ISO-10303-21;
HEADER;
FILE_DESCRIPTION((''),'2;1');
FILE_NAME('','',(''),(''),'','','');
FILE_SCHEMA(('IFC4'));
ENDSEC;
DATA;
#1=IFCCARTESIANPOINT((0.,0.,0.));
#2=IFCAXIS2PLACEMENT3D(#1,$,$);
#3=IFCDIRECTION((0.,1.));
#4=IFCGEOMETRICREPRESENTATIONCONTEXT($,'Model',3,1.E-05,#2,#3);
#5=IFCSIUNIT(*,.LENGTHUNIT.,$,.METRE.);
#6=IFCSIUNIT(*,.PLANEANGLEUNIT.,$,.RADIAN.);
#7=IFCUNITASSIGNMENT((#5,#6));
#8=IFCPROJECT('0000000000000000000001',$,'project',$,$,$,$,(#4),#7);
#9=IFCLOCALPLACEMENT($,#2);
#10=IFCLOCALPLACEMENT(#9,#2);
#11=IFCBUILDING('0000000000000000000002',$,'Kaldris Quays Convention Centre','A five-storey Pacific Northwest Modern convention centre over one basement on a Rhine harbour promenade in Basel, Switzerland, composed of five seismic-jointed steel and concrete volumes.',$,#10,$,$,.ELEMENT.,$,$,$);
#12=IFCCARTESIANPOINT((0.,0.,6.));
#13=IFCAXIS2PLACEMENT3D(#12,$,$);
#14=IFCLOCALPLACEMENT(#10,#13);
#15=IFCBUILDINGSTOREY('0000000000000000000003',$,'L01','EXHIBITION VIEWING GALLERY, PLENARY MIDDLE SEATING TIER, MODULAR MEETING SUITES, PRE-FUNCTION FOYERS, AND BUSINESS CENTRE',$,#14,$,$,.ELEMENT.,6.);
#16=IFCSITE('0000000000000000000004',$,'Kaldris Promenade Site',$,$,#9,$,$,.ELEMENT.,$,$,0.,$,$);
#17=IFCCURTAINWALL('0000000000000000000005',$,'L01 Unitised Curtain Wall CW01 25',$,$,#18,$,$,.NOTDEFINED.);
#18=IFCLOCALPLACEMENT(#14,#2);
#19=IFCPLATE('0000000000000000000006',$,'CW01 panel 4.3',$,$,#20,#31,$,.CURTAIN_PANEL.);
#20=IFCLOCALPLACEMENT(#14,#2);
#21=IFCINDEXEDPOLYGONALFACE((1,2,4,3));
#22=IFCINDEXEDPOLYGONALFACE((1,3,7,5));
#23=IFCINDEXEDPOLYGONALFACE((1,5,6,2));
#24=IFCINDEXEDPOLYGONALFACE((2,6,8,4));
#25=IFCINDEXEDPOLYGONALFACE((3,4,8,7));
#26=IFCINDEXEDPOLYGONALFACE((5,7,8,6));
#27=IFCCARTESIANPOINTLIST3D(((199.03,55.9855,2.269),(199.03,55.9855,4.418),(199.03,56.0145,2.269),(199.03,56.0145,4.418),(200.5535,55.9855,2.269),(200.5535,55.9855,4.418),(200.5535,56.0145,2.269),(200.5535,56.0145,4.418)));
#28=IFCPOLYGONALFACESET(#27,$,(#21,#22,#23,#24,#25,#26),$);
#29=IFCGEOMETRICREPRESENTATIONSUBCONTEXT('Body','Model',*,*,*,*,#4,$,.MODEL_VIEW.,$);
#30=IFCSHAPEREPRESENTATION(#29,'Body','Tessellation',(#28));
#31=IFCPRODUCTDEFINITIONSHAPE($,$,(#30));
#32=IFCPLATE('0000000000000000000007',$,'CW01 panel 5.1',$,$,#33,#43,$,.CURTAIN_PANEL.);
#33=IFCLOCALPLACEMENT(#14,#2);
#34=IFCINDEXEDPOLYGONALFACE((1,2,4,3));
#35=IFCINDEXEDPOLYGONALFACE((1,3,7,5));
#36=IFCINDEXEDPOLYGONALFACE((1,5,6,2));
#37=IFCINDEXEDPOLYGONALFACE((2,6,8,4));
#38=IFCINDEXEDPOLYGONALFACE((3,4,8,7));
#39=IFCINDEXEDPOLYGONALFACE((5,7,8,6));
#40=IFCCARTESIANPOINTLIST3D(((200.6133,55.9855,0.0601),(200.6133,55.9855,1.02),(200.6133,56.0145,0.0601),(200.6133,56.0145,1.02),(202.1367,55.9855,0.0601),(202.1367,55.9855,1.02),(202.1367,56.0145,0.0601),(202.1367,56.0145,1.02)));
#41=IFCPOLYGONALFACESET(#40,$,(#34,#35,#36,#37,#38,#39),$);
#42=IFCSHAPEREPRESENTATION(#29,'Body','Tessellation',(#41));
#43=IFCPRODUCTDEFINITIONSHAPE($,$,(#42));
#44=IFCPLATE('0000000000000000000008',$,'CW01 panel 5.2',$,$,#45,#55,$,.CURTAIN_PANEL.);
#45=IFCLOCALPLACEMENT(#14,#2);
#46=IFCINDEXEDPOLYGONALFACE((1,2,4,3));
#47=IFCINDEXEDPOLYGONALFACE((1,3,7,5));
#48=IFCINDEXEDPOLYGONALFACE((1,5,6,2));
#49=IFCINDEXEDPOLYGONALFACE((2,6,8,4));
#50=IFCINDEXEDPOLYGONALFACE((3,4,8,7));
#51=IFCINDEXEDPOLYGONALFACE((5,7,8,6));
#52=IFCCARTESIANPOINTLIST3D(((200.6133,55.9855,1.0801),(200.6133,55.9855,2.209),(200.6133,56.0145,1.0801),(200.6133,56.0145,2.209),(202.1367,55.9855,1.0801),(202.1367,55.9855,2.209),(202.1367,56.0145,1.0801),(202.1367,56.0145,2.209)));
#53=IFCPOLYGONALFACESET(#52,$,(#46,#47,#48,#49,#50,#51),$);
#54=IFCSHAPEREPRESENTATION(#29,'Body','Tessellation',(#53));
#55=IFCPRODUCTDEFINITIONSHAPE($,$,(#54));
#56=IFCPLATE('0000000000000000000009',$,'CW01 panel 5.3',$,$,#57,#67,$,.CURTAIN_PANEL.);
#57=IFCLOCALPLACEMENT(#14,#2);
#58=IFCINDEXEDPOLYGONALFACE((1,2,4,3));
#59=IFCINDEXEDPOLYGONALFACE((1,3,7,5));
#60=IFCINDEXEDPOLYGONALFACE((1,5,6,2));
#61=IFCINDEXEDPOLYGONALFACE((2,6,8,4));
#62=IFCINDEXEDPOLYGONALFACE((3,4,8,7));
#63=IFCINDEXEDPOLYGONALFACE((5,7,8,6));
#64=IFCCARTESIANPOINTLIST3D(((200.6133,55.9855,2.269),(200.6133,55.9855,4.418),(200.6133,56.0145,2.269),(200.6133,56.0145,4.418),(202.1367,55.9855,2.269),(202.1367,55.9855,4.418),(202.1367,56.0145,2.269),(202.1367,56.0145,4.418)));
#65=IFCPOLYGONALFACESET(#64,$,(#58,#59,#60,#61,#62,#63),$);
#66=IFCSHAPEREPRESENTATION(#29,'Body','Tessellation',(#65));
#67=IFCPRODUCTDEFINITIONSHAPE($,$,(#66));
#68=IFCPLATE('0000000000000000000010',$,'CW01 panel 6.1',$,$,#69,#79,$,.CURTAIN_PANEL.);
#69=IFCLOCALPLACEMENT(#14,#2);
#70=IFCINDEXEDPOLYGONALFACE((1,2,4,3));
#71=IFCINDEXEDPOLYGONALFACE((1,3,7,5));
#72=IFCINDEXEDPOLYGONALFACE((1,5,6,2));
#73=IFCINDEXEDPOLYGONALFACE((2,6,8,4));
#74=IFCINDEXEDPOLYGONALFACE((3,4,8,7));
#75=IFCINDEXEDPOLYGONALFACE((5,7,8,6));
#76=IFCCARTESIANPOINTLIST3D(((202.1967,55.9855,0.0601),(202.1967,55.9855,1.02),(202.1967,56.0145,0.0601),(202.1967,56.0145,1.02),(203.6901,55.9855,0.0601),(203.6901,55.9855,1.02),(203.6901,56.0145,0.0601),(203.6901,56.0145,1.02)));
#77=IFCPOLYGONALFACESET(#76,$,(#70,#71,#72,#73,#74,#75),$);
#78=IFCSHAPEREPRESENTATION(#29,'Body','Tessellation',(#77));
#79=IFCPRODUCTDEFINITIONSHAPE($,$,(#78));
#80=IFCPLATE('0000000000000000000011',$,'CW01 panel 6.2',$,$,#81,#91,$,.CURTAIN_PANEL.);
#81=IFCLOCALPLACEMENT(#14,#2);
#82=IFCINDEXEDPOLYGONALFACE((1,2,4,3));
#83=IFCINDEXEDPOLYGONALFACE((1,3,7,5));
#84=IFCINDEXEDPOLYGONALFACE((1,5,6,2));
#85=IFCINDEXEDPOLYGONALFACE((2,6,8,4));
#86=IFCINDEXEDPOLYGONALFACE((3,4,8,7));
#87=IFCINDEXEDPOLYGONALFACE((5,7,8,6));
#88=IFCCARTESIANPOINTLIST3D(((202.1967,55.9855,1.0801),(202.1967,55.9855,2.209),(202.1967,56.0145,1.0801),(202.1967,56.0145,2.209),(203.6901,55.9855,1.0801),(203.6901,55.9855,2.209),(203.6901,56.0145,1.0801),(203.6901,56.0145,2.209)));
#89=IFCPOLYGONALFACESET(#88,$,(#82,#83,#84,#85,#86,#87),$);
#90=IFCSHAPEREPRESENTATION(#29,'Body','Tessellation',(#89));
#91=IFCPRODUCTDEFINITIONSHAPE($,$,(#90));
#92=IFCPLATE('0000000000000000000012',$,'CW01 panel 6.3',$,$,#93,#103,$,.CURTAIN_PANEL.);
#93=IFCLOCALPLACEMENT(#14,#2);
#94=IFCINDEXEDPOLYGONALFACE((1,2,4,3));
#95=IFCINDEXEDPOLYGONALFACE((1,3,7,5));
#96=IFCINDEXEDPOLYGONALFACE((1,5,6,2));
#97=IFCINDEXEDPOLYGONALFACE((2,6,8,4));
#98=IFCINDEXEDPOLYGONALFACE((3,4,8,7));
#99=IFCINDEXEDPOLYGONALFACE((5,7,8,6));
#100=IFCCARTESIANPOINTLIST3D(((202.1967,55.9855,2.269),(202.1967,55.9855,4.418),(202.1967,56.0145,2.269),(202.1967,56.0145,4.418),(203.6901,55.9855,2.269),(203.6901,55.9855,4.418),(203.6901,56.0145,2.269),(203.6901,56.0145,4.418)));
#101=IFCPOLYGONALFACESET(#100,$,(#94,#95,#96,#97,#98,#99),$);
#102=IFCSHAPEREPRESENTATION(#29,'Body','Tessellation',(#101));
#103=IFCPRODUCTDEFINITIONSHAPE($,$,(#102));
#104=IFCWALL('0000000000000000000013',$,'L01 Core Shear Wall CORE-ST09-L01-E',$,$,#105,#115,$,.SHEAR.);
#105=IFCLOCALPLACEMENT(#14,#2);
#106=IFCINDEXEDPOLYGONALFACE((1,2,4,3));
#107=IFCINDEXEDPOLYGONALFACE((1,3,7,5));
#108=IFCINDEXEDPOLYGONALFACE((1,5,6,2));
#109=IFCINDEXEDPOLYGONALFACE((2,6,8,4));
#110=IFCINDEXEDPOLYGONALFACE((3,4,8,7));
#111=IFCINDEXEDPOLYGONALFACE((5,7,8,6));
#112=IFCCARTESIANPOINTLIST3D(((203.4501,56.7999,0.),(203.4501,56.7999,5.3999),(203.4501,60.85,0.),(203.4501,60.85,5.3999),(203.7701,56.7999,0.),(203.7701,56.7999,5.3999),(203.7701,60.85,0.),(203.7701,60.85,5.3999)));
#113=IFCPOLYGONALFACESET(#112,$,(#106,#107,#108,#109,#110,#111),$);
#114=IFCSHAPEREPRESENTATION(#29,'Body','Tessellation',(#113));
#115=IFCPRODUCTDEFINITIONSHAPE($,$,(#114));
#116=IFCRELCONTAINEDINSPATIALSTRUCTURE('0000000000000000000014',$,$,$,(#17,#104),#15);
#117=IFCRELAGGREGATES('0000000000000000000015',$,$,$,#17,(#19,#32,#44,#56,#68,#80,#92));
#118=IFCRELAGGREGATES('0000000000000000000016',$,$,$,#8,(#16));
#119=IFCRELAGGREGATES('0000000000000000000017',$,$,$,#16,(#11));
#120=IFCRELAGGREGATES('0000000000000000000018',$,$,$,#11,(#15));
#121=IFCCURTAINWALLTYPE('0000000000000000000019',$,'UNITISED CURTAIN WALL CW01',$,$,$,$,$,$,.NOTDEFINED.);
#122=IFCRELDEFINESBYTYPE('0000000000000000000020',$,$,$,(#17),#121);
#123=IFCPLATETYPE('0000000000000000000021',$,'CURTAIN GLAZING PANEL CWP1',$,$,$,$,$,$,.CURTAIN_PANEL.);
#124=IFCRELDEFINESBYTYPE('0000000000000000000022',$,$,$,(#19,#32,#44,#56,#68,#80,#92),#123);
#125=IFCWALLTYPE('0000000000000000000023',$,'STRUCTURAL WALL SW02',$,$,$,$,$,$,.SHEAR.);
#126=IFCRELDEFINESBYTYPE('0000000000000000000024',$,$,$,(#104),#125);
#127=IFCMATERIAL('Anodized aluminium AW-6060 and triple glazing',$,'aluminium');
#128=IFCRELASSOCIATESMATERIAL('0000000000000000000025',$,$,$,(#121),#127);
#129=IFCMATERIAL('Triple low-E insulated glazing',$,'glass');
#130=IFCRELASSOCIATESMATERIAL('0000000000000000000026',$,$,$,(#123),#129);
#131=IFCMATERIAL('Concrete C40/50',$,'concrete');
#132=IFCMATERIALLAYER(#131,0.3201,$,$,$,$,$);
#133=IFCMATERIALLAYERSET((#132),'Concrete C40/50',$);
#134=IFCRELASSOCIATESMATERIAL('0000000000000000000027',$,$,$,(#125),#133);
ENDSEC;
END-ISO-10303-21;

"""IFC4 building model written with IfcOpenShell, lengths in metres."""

from ifc_helpers import new_model, si_unit, direction, frame, frame_2d, origin, origin_2d, place, context, subcontext, project, spatial, rectangle, extrude, material, layer, layer_set, type_object, element, aggregate, save


model = new_model("IFC4")

# Units and contexts
model_context = context("Model", 3, precision=1e-05, world=origin(), true_north=direction((0.0, 1.0)))
body_context = subcontext(model_context, "Body", "Model", "MODEL_VIEW")
ifc_project = project(units=[si_unit("LENGTHUNIT", "METRE"), si_unit("PLANEANGLEUNIT", "RADIAN")], contexts=[model_context])

# Site, building, storey
site_placement = place(None, origin())
site = spatial("IfcSite", under=ifc_project, at=site_placement, Name="Kaldris Promenade Site", CompositionType="ELEMENT", RefElevation=0.0)
building_placement = place(site_placement, origin())
building = spatial("IfcBuilding", under=site, at=building_placement, Name="Kaldris Quays Convention Centre", Description="A five-storey Pacific Northwest Modern convention centre over one basement on a Rhine harbour promenade in Basel, Switzerland, composed of five seismic-jointed steel and concrete volumes.", CompositionType="ELEMENT")
storey_placement = place(building_placement, frame((0.0, 0.0, 6.0)))
storey = spatial("IfcBuildingStorey", under=building, at=storey_placement, Name="L01", Description="EXHIBITION VIEWING GALLERY, PLENARY MIDDLE SEATING TIER, MODULAR MEETING SUITES, PRE-FUNCTION FOYERS, AND BUSINESS CENTRE", CompositionType="ELEMENT", Elevation=6.0)

# Curtain wall
ifc_material_1 = material(Name="Anodized aluminium AW-6060 and triple glazing", Category="aluminium")
curtain_wall_type_1 = type_object("IfcCurtainWallType", Name="UNITISED CURTAIN WALL CW01", PredefinedType="NOTDEFINED", material=ifc_material_1)
curtain_wall_1_placement = place(storey_placement, origin())
curtain_wall_1 = element("IfcCurtainWall", 1, at=curtain_wall_1_placement, inside=storey, type_object=curtain_wall_type_1, Name="L01 Unitised Curtain Wall CW01 25", PredefinedType="NOTDEFINED")

# Plates
ifc_material_2 = material(Name="Triple low-E insulated glazing", Category="glass")
plate_type = type_object("IfcPlateType", Name="CURTAIN GLAZING PANEL CWP1", PredefinedType="CURTAIN_PANEL", material=ifc_material_2)
plate_1_placement = place(storey_placement, frame((199.7917, 56.0, 2.269), z_axis=(0.0, 0.0, 1.0), x_axis=(1.0, 0.0, 0.0)))
plate_1 = element("IfcPlate", 2, at=plate_1_placement, type_object=plate_type, Name="CW01 panel 4.3", PredefinedType="CURTAIN_PANEL", context=body_context, shape_type="SweptSolid", body=[
    extrude(rectangle(XDim=1.5234, YDim=0.0291, at=origin_2d()), origin(), (0.0, 0.0, 1.0), 2.1489),
])
plate_2_placement = place(storey_placement, frame((201.375, 56.0, 0.0601), z_axis=(0.0, 0.0, 1.0), x_axis=(1.0, 0.0, 0.0)))
plate_2 = element("IfcPlate", 3, at=plate_2_placement, type_object=plate_type, Name="CW01 panel 5.1", PredefinedType="CURTAIN_PANEL", context=body_context, shape_type="SweptSolid", body=[
    extrude(rectangle(XDim=1.5234, YDim=0.0291, at=origin_2d()), origin(), (0.0, 0.0, 1.0), 0.96),
])
plate_3_placement = place(storey_placement, frame((201.375, 56.0, 1.0801), z_axis=(0.0, 0.0, 1.0), x_axis=(1.0, 0.0, 0.0)))
plate_3 = element("IfcPlate", 4, at=plate_3_placement, type_object=plate_type, Name="CW01 panel 5.2", PredefinedType="CURTAIN_PANEL", context=body_context, shape_type="SweptSolid", body=[
    extrude(rectangle(XDim=1.5234, YDim=0.0291, at=origin_2d()), origin(), (0.0, 0.0, 1.0), 1.1289),
])
plate_4_placement = place(storey_placement, frame((201.375, 56.0, 2.269), z_axis=(0.0, 0.0, 1.0), x_axis=(1.0, 0.0, 0.0)))
plate_4 = element("IfcPlate", 5, at=plate_4_placement, type_object=plate_type, Name="CW01 panel 5.3", PredefinedType="CURTAIN_PANEL", context=body_context, shape_type="SweptSolid", body=[
    extrude(rectangle(XDim=1.5234, YDim=0.0291, at=origin_2d()), origin(), (0.0, 0.0, 1.0), 2.1489),
])
plate_5_placement = place(storey_placement, frame((202.9434, 56.0, 0.0601), z_axis=(0.0, 0.0, 1.0), x_axis=(1.0, 0.0, 0.0)))
plate_5 = element("IfcPlate", 6, at=plate_5_placement, type_object=plate_type, Name="CW01 panel 6.1", PredefinedType="CURTAIN_PANEL", context=body_context, shape_type="SweptSolid", body=[
    extrude(rectangle(XDim=1.4934, YDim=0.0291, at=origin_2d()), origin(), (0.0, 0.0, 1.0), 0.96),
])
plate_6_placement = place(storey_placement, frame((202.9434, 56.0, 1.0801), z_axis=(0.0, 0.0, 1.0), x_axis=(1.0, 0.0, 0.0)))
plate_6 = element("IfcPlate", 7, at=plate_6_placement, type_object=plate_type, Name="CW01 panel 6.2", PredefinedType="CURTAIN_PANEL", context=body_context, shape_type="SweptSolid", body=[
    extrude(rectangle(XDim=1.4934, YDim=0.0291, at=origin_2d()), origin(), (0.0, 0.0, 1.0), 1.1289),
])
plate_7_placement = place(storey_placement, frame((202.9434, 56.0, 2.269), z_axis=(0.0, 0.0, 1.0), x_axis=(1.0, 0.0, 0.0)))
plate_7 = element("IfcPlate", 8, at=plate_7_placement, type_object=plate_type, Name="CW01 panel 6.3", PredefinedType="CURTAIN_PANEL", context=body_context, shape_type="SweptSolid", body=[
    extrude(rectangle(XDim=1.4934, YDim=0.0291, at=origin_2d()), origin(), (0.0, 0.0, 1.0), 2.1489),
])
aggregate(curtain_wall_1, [plate_1, plate_2, plate_3, plate_4, plate_5, plate_6, plate_7])

# Wall
ifc_material_3 = material(Name="Concrete C40/50", Category="concrete")
ifc_layer = layer(ifc_material_3, 0.3201)
ifc_layer_set = layer_set([ifc_layer], Name="Concrete C40/50")
wall_type = type_object("IfcWallType", Name="STRUCTURAL WALL SW02", PredefinedType="SHEAR", material=ifc_layer_set)
wall_placement = place(storey_placement, frame((203.6101, 56.8, 0.0), z_axis=(0.0, 0.0, 1.0), x_axis=(0.0, 1.0, 0.0)))
element("IfcWall", 9, at=wall_placement, inside=storey, type_object=wall_type, Name="L01 Core Shear Wall CORE-ST09-L01-E", PredefinedType="SHEAR", context=body_context, shape_type="SweptSolid", body=[
    extrude(rectangle(XDim=4.05, YDim=0.3201, at=frame_2d((2.0249, 0.0))), origin(), (0.0, 0.0, 1.0), 5.3999),
])

save(model, "model.ifc")
